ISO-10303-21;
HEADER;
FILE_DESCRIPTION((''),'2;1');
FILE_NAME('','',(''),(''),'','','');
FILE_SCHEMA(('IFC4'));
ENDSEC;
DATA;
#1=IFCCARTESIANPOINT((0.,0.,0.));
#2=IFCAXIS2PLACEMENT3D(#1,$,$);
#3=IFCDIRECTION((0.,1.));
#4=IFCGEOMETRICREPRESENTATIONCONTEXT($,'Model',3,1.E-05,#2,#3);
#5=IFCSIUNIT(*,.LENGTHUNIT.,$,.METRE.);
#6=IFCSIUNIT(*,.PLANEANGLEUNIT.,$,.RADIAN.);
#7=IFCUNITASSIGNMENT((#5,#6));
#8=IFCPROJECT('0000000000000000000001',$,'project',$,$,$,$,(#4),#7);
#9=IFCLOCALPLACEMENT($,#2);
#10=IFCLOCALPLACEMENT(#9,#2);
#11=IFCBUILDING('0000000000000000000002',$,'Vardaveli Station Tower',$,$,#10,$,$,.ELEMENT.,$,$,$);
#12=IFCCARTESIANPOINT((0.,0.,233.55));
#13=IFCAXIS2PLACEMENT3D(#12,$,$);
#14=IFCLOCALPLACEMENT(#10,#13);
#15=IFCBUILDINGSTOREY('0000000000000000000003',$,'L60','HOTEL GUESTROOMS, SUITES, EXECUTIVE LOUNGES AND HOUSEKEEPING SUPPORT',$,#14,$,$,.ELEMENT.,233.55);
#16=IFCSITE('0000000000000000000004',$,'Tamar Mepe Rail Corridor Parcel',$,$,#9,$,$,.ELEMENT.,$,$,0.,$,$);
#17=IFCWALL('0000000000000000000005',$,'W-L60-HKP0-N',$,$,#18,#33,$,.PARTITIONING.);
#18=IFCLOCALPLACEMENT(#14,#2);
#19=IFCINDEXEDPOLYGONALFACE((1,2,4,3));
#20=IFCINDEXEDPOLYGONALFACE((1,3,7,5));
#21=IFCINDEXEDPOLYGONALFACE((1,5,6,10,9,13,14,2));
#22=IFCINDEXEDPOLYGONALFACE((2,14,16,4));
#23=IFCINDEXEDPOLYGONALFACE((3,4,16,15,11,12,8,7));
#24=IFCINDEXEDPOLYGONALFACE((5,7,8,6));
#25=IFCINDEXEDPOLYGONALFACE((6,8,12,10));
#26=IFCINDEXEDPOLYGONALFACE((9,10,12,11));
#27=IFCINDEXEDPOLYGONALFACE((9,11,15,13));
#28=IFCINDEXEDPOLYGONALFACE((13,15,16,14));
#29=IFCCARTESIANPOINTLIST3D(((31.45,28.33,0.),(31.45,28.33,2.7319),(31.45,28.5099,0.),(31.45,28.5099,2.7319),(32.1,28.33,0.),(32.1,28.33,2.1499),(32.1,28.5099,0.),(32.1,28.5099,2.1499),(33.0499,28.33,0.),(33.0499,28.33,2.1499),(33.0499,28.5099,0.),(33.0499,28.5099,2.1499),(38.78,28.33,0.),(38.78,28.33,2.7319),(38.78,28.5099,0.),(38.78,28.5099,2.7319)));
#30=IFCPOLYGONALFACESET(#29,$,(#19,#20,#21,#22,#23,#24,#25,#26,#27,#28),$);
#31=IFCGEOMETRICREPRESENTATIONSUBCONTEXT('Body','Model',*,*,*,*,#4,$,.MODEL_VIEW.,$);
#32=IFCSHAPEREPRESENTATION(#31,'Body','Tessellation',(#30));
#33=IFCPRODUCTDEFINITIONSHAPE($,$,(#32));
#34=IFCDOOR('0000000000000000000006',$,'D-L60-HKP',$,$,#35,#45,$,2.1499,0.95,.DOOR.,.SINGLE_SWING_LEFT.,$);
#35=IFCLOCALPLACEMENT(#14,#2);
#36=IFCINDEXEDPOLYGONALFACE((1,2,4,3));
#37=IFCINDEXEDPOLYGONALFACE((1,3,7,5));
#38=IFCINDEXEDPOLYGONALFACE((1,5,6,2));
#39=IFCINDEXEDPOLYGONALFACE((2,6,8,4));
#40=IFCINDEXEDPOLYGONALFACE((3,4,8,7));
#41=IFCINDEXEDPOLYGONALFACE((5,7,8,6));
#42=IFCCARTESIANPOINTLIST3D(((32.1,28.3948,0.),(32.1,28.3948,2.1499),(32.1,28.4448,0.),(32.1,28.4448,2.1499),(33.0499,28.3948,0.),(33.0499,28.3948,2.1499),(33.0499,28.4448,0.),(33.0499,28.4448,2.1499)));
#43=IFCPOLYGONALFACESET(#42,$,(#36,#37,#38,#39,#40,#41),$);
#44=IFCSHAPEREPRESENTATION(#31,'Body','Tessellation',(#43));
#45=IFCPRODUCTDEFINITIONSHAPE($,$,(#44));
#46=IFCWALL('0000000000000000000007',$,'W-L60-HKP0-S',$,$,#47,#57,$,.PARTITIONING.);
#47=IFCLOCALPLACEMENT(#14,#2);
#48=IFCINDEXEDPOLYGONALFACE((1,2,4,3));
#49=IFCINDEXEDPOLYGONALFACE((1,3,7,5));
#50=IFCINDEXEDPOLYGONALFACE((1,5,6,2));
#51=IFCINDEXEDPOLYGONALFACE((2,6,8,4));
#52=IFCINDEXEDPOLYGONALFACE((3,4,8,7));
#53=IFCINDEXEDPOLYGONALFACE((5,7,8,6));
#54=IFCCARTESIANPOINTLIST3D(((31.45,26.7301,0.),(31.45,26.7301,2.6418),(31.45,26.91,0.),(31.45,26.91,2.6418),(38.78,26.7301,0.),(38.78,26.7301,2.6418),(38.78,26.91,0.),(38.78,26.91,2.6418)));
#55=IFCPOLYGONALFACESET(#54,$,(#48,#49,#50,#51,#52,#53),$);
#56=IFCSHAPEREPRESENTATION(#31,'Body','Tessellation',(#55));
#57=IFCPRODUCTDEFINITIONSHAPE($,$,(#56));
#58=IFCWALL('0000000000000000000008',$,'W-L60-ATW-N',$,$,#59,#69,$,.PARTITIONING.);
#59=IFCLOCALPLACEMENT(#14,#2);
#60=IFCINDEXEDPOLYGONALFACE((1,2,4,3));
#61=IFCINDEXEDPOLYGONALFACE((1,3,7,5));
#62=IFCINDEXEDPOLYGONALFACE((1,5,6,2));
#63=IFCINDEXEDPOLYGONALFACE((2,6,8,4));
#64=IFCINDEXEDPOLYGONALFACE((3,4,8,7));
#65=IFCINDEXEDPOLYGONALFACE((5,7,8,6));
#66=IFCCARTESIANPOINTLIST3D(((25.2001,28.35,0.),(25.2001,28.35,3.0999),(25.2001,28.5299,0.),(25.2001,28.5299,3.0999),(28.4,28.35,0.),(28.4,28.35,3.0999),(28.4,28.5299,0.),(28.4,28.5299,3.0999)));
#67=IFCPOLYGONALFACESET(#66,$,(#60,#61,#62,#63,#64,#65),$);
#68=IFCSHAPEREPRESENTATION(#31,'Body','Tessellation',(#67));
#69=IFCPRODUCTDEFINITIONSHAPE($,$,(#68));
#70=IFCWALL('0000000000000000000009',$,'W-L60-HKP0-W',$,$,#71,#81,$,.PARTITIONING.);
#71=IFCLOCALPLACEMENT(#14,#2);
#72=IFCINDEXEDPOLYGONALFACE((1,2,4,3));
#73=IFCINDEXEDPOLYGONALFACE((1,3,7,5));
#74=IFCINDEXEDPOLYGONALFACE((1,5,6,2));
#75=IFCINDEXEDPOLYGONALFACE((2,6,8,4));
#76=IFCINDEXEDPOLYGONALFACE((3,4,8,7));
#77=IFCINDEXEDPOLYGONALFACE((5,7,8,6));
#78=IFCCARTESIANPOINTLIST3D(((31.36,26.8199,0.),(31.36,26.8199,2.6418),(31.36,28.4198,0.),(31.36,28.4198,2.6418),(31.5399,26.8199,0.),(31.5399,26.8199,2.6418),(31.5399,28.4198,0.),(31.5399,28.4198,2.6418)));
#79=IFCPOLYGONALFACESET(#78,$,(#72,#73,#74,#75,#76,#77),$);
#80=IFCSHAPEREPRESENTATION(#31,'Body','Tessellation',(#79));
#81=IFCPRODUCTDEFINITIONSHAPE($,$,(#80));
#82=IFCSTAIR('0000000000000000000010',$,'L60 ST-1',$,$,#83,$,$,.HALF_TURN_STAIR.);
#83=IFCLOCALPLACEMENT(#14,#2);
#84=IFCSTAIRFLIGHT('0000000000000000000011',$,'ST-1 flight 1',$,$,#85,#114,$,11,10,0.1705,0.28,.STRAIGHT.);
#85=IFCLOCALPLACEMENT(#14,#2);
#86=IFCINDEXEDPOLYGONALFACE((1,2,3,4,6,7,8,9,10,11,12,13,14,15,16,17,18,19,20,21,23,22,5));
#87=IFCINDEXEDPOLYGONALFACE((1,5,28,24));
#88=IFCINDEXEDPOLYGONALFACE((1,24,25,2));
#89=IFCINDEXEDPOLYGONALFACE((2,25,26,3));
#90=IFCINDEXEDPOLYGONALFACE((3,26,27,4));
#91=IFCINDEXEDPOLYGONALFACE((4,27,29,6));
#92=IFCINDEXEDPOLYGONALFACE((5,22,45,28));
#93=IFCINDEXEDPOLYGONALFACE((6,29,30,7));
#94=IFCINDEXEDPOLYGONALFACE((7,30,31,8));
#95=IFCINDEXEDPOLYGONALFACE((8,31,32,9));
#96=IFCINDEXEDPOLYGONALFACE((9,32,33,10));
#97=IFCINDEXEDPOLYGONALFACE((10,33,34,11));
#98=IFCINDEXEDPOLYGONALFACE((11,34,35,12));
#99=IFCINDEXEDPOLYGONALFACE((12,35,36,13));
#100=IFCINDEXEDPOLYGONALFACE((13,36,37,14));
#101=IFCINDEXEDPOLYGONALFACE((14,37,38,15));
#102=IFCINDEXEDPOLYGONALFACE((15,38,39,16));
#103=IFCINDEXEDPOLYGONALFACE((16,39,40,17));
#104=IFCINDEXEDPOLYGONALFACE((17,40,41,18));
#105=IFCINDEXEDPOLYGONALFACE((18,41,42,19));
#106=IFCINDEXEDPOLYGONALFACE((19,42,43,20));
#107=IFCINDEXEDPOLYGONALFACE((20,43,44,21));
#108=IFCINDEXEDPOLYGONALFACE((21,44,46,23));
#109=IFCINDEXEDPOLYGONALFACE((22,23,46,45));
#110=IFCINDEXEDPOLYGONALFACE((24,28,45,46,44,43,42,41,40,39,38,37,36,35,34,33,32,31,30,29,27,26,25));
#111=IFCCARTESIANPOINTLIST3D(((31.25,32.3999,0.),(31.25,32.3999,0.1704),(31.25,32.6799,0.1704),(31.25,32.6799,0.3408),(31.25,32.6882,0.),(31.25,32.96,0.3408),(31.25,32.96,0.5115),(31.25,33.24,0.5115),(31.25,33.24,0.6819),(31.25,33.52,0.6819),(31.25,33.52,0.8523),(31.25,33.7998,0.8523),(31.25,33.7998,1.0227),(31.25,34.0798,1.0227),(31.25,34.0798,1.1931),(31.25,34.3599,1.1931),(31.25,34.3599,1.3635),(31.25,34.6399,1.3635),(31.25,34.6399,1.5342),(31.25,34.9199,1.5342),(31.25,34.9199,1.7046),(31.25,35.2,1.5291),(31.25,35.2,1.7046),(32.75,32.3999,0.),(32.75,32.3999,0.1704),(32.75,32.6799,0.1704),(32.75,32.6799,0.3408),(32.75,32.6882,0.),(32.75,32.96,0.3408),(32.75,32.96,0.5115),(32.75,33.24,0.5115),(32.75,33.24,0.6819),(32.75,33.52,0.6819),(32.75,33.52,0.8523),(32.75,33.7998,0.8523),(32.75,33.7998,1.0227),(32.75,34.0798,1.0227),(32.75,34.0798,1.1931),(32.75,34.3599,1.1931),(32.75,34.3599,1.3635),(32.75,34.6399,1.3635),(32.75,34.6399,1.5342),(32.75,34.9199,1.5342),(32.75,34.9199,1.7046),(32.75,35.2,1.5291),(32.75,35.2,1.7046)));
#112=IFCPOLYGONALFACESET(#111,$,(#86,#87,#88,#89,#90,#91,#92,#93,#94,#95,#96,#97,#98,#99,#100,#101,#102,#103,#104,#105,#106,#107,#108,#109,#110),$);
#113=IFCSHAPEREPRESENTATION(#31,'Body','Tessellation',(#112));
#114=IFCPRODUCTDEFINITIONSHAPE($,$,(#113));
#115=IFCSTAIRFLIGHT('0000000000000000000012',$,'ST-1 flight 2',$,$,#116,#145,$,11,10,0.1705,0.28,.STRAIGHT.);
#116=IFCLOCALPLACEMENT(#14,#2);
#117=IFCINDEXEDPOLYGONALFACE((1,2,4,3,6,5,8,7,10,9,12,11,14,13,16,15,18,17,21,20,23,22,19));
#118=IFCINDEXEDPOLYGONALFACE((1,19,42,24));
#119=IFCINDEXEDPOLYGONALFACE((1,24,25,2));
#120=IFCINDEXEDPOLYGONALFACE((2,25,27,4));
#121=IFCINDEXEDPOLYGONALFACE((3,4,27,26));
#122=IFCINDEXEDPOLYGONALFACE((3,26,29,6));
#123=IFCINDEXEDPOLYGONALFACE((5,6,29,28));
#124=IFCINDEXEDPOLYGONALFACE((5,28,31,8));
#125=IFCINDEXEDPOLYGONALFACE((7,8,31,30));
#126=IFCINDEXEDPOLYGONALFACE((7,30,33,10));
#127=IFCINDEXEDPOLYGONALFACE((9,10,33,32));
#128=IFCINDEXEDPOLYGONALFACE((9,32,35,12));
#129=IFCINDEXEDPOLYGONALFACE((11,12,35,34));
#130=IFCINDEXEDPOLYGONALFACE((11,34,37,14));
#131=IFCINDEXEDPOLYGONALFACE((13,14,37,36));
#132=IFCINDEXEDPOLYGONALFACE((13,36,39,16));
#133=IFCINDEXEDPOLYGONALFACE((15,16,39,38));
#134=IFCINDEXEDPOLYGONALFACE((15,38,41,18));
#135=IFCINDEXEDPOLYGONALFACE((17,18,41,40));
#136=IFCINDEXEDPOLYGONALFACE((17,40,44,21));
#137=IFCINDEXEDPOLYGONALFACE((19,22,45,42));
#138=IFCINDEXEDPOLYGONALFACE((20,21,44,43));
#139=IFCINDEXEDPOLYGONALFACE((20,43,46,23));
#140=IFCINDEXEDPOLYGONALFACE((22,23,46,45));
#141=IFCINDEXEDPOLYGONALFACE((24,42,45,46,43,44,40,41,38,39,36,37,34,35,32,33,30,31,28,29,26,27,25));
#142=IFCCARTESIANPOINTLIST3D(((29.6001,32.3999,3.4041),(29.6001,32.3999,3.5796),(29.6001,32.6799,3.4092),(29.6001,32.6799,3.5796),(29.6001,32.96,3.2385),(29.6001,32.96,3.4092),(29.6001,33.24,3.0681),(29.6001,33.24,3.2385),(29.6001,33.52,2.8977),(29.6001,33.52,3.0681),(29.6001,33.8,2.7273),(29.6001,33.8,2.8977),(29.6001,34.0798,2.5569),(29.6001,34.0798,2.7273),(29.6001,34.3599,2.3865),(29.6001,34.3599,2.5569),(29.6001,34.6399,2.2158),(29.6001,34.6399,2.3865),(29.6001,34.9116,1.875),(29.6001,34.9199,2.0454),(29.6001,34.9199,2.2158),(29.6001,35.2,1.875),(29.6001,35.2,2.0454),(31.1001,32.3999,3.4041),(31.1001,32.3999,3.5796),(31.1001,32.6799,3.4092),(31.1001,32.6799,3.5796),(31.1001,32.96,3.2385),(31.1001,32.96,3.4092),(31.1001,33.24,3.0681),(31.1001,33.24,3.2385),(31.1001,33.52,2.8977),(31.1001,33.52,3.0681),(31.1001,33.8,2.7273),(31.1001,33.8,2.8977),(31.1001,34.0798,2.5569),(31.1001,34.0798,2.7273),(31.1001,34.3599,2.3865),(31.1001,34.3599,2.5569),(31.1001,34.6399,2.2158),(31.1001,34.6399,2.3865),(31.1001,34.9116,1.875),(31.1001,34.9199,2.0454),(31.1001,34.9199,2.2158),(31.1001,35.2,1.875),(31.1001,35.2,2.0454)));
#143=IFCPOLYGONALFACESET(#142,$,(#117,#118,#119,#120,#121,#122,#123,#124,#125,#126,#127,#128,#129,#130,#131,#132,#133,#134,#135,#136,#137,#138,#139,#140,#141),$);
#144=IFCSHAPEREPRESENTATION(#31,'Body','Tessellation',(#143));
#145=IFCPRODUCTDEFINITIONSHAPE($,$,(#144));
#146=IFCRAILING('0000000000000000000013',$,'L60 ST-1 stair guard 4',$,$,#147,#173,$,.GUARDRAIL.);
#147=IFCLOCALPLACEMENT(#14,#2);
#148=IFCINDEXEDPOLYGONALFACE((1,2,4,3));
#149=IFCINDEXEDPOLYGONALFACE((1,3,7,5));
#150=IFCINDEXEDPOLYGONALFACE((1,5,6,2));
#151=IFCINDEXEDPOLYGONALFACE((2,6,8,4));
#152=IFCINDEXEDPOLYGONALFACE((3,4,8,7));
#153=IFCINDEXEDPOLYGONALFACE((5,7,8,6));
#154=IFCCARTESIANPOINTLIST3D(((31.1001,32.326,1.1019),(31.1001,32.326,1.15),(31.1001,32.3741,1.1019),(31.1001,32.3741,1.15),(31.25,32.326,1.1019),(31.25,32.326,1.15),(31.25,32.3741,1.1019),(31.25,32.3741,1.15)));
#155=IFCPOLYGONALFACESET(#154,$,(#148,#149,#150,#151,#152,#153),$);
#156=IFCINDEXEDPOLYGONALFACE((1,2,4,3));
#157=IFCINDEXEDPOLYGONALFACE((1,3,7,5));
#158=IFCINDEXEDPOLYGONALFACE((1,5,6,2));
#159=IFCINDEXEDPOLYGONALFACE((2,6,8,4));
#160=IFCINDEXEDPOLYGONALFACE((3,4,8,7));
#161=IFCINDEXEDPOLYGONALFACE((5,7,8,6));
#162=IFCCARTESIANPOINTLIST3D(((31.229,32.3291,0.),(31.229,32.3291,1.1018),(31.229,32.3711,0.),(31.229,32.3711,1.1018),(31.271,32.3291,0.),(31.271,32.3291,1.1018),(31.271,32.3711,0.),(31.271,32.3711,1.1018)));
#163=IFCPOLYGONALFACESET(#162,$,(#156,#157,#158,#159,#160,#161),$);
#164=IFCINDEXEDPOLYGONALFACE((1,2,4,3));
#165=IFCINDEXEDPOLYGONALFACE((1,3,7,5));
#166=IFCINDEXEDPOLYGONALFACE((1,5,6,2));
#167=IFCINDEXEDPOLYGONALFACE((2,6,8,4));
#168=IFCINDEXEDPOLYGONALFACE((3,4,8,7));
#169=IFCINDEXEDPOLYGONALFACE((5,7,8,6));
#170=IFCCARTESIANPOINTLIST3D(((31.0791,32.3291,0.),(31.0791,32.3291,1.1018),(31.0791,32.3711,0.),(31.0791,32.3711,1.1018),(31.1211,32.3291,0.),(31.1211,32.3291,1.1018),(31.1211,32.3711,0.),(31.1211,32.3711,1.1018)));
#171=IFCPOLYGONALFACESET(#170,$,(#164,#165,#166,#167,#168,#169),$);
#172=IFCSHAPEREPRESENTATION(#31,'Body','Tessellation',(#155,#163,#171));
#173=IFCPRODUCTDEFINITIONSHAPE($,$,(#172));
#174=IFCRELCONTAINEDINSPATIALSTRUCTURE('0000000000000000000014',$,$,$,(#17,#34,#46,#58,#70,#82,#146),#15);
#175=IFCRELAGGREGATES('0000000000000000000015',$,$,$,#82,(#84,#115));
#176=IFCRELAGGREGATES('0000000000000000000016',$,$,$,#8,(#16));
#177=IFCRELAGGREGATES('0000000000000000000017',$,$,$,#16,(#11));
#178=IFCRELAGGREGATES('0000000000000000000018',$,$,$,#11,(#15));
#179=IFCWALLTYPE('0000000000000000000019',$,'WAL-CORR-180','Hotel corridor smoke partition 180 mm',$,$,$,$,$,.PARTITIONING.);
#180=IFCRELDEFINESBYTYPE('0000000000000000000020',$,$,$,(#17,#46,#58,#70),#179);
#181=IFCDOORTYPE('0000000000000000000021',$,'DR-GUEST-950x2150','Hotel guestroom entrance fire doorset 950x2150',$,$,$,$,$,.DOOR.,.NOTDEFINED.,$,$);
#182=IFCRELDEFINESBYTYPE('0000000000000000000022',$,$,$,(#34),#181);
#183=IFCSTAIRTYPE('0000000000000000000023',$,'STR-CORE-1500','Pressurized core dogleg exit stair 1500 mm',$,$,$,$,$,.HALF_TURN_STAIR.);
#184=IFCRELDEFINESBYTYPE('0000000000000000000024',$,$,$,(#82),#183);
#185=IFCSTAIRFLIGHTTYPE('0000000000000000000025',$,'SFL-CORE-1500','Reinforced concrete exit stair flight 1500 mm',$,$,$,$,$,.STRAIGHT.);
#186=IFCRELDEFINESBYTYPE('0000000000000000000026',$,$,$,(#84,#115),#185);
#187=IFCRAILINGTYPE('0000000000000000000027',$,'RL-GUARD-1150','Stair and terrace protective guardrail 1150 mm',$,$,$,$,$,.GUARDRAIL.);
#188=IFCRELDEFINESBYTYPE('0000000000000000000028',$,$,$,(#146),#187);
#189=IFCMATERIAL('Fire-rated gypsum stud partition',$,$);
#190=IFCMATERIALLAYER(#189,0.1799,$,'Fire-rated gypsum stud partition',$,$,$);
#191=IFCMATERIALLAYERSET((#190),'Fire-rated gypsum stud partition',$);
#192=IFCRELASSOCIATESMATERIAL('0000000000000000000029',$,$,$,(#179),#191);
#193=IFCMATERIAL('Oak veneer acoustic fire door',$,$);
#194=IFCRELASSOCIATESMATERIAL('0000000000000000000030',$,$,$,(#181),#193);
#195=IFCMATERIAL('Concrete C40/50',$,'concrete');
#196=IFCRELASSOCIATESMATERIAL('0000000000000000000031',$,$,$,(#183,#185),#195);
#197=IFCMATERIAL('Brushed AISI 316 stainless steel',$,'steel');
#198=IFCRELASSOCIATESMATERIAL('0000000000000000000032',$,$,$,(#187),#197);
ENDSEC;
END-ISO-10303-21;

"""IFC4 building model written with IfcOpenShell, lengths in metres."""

from ifc_helpers import new_model, si_unit, direction, frame, frame_2d, origin, origin_2d, place, context, subcontext, project, spatial, polyline, rectangle, outline, extrude, source, transform, mapped, material, layer, layer_set, type_object, element, fill, aggregate, save


model = new_model("IFC4")

# Units and contexts
model_context = context("Model", 3, precision=1e-05, world=origin(), true_north=direction((0.0, 1.0)))
body_context = subcontext(model_context, "Body", "Model", "MODEL_VIEW")
ifc_project = project(units=[si_unit("LENGTHUNIT", "METRE"), si_unit("PLANEANGLEUNIT", "RADIAN")], contexts=[model_context])

# Site, building, storey
site_placement = place(None, origin())
site = spatial("IfcSite", under=ifc_project, at=site_placement, Name="Tamar Mepe Rail Corridor Parcel", CompositionType="ELEMENT", RefElevation=0.0)
building_placement = place(site_placement, origin())
building = spatial("IfcBuilding", under=site, at=building_placement, Name="Vardaveli Station Tower", CompositionType="ELEMENT")
storey_placement = place(building_placement, frame((0.0, 0.0, 233.55)))
storey = spatial("IfcBuildingStorey", under=building, at=storey_placement, Name="L60", Description="HOTEL GUESTROOMS, SUITES, EXECUTIVE LOUNGES AND HOUSEKEEPING SUPPORT", CompositionType="ELEMENT", Elevation=233.55)

# Shared definitions
ifc_material_1 = material(Name="Concrete C40/50", Category="concrete")

# Wall, opening, door
ifc_material_2 = material(Name="Fire-rated gypsum stud partition")
ifc_layer_1 = layer(ifc_material_2, 0.1799, Name="Fire-rated gypsum stud partition")
ifc_layer_set_1 = layer_set([ifc_layer_1], Name="Fire-rated gypsum stud partition")
wall_type_1 = type_object("IfcWallType", Name="WAL-CORR-180", Description="Hotel corridor smoke partition 180 mm", PredefinedType="PARTITIONING", material=ifc_layer_set_1)
shared_shape_1 = source(origin(), body_context, "Body", "SweptSolid", [
    extrude(rectangle(XDim=7.3301, YDim=0.1799, at=frame_2d((3.665, 0.0))), origin(), (0.0, 0.0, 1.0), 2.7319),
])
wall_1_placement = place(storey_placement, frame((31.45, 28.4199, 0.0), z_axis=(0.0, 0.0, 1.0), x_axis=(1.0, 0.0, 0.0)))
wall_1 = element("IfcWall", 1, at=wall_1_placement, inside=storey, type_object=wall_type_1, Name="W-L60-HKP0-N", PredefinedType="PARTITIONING", context=body_context, shape_type="MappedRepresentation", body=[
    mapped(shared_shape_1, transform((0.0, 0.0, 0.0), scale=1.0)),
])
shared_shape_2 = source(origin(), body_context, "Body", "SweptSolid", [
    extrude(rectangle(XDim=0.95, YDim=2.1499, at=frame_2d((0.4751, 1.075))), frame((0.0, 0.1001, 0.0), z_axis=(0.0, -1.0, 0.0), x_axis=(1.0, 0.0, 0.0)), (0.0, 0.0, 1.0), 0.2),
])
opening_1_placement = place(wall_1_placement, frame((0.6499, 0.0, 0.0)))
opening_1 = element("IfcOpeningElement", 2, at=opening_1_placement, cuts=wall_1, PredefinedType="OPENING", context=body_context, shape_type="MappedRepresentation", body=[
    mapped(shared_shape_2, transform((0.0, 0.0, 0.0), scale=1.0)),
])
ifc_material_3 = material(Name="Oak veneer acoustic fire door")
door_type_1 = type_object("IfcDoorType", Name="DR-GUEST-950x2150", Description="Hotel guestroom entrance fire doorset 950x2150", OperationType="NOTDEFINED", PredefinedType="DOOR", material=ifc_material_3)
shared_shape_3 = source(origin(), body_context, "Body", "SweptSolid", [
    extrude(rectangle(XDim=0.95, YDim=2.1499, at=frame_2d((0.4751, 1.075))), frame((0.0, 0.0249, 0.0), z_axis=(0.0, -1.0, 0.0), x_axis=(1.0, 0.0, 0.0)), (0.0, 0.0, 1.0), 0.05),
])
door_1_placement = place(opening_1_placement, origin())
door_1 = element("IfcDoor", 3, at=door_1_placement, inside=storey, type_object=door_type_1, Name="D-L60-HKP", OperationType="SINGLE_SWING_LEFT", OverallHeight=2.1499, OverallWidth=0.95, PredefinedType="DOOR", context=body_context, shape_type="MappedRepresentation", body=[
    mapped(shared_shape_3, transform((0.0, 0.0, 0.0), scale=1.0)),
])
fill(opening_1, door_1)

# Walls
shared_shape_4 = source(origin(), body_context, "Body", "SweptSolid", [
    extrude(rectangle(XDim=7.3301, YDim=0.1799, at=frame_2d((3.665, 0.0))), origin(), (0.0, 0.0, 1.0), 2.6418),
])
wall_2_placement = place(storey_placement, frame((31.45, 26.8201, 0.0), z_axis=(0.0, 0.0, 1.0), x_axis=(1.0, 0.0, 0.0)))
element("IfcWall", 4, at=wall_2_placement, inside=storey, type_object=wall_type_1, Name="W-L60-HKP0-S", PredefinedType="PARTITIONING", context=body_context, shape_type="MappedRepresentation", body=[
    mapped(shared_shape_4, transform((0.0, 0.0, 0.0), scale=1.0)),
])
shared_shape_5 = source(origin(), body_context, "Body", "SweptSolid", [
    extrude(rectangle(XDim=3.2, YDim=0.1799, at=frame_2d((1.6001, 0.0))), origin(), (0.0, 0.0, 1.0), 3.0999),
])
wall_3_placement = place(storey_placement, frame((25.2, 28.4399, 0.0), z_axis=(0.0, 0.0, 1.0), x_axis=(1.0, 0.0, 0.0)))
element("IfcWall", 5, at=wall_3_placement, inside=storey, type_object=wall_type_1, Name="W-L60-ATW-N", PredefinedType="PARTITIONING", context=body_context, shape_type="MappedRepresentation", body=[
    mapped(shared_shape_5, transform((0.0, 0.0, 0.0), scale=1.0)),
])
shared_shape_6 = source(origin(), body_context, "Body", "SweptSolid", [
    extrude(rectangle(XDim=1.5999, YDim=0.1799, at=frame_2d((0.7998, 0.0))), origin(), (0.0, 0.0, 1.0), 2.6418),
])
wall_4_placement = place(storey_placement, frame((31.45, 26.8201, 0.0), z_axis=(0.0, 0.0, 1.0), x_axis=(0.0, 1.0, 0.0)))
element("IfcWall", 6, at=wall_4_placement, inside=storey, type_object=wall_type_1, Name="W-L60-HKP0-W", PredefinedType="PARTITIONING", context=body_context, shape_type="MappedRepresentation", body=[
    mapped(shared_shape_6, transform((0.0, 0.0, 0.0), scale=1.0)),
])

# Stair, stair flights
stair_type = type_object("IfcStairType", Name="STR-CORE-1500", Description="Pressurized core dogleg exit stair 1500 mm", PredefinedType="HALF_TURN_STAIR", material=ifc_material_1)
stair_placement = place(storey_placement, origin())
stair = element("IfcStair", 7, at=stair_placement, inside=storey, type_object=stair_type, Name="L60 ST-1", PredefinedType="HALF_TURN_STAIR")
stair_flight_type = type_object("IfcStairFlightType", Name="SFL-CORE-1500", Description="Reinforced concrete exit stair flight 1500 mm", PredefinedType="STRAIGHT", material=ifc_material_1)
shared_shape_7 = source(origin(), body_context, "Body", "SweptSolid", [
    extrude(outline(polyline([(0.0, 0.0), (0.0, 0.1704), (0.28, 0.1704), (0.28, 0.3408), (0.5601, 0.3408), (0.5601, 0.5115), (0.8401, 0.5115), (0.8401, 0.6819), (1.1201, 0.6819), (1.1201, 0.8523), (1.3999, 0.8523), (1.3999, 1.0227), (1.6799, 1.0227), (1.6799, 1.1931), (1.96, 1.1931), (1.96, 1.3635), (2.24, 1.3635), (2.24, 1.5342), (2.52, 1.5342), (2.52, 1.7046), (2.8, 1.7046), (2.8, 1.875), (2.8, 1.5291), (0.2883, 0.0), (0.0, 0.0)])), frame((0.0, 0.75, 0.0), z_axis=(0.0, -1.0, 0.0), x_axis=(1.0, 0.0, 0.0)), (0.0, 0.0, 1.0), 1.5),
])
stair_flight_1_placement = place(storey_placement, frame((32.0, 32.3999, 0.0), z_axis=(0.0, 0.0, 1.0), x_axis=(0.0, 1.0, 0.0)))
stair_flight_1 = element("IfcStairFlight", 8, at=stair_flight_1_placement, type_object=stair_flight_type, Name="ST-1 flight 1", NumberOfRisers=11, NumberOfTreads=10, PredefinedType="STRAIGHT", RiserHeight=0.1705, TreadLength=0.28, context=body_context, shape_type="MappedRepresentation", body=[
    mapped(shared_shape_7, transform((0.0, 0.0, 0.0), scale=1.0)),
])
stair_flight_2_placement = place(storey_placement, frame((30.3501, 35.2, 1.875), z_axis=(0.0, 0.0, 1.0), x_axis=(0.0, -1.0, 0.0)))
stair_flight_2 = element("IfcStairFlight", 9, at=stair_flight_2_placement, type_object=stair_flight_type, Name="ST-1 flight 2", NumberOfRisers=11, NumberOfTreads=10, PredefinedType="STRAIGHT", RiserHeight=0.1705, TreadLength=0.28, context=body_context, shape_type="MappedRepresentation", body=[
    mapped(shared_shape_7, transform((0.0, 0.0, 0.0), scale=1.0)),
])
aggregate(stair, [stair_flight_1, stair_flight_2])

# Railing
ifc_material_4 = material(Name="Brushed AISI 316 stainless steel", Category="steel")
railing_type_1 = type_object("IfcRailingType", Name="RL-GUARD-1150", Description="Stair and terrace protective guardrail 1150 mm", PredefinedType="GUARDRAIL", material=ifc_material_4)
shared_shape_8 = source(origin(), body_context, "Body", "SweptSolid", [
    extrude(rectangle(XDim=0.0481, YDim=0.0481, at=origin_2d()), frame((0.0, 0.0, 1.126), z_axis=(-1.0, 0.0, 0.0), x_axis=(0.0, -1.0, 0.0)), (0.0, 0.0, 1.0), 0.1499),
    extrude(rectangle(XDim=0.042, YDim=0.042, at=origin_2d()), origin(), (0.0, 0.0, 1.0), 1.1018),
    extrude(rectangle(XDim=0.042, YDim=0.042, at=origin_2d()), frame((-0.1499, 0.0, 0.0)), (0.0, 0.0, 1.0), 1.1018),
])
railing_1_placement = place(storey_placement, frame((31.25, 32.3501, 0.0)))
element("IfcRailing", 10, at=railing_1_placement, inside=storey, type_object=railing_type_1, Name="L60 ST-1 stair guard 4", PredefinedType="GUARDRAIL", context=body_context, shape_type="MappedRepresentation", body=[
    mapped(shared_shape_8, transform((0.0, 0.0, 0.0), scale=1.0)),
])

save(model, "model.ifc")
